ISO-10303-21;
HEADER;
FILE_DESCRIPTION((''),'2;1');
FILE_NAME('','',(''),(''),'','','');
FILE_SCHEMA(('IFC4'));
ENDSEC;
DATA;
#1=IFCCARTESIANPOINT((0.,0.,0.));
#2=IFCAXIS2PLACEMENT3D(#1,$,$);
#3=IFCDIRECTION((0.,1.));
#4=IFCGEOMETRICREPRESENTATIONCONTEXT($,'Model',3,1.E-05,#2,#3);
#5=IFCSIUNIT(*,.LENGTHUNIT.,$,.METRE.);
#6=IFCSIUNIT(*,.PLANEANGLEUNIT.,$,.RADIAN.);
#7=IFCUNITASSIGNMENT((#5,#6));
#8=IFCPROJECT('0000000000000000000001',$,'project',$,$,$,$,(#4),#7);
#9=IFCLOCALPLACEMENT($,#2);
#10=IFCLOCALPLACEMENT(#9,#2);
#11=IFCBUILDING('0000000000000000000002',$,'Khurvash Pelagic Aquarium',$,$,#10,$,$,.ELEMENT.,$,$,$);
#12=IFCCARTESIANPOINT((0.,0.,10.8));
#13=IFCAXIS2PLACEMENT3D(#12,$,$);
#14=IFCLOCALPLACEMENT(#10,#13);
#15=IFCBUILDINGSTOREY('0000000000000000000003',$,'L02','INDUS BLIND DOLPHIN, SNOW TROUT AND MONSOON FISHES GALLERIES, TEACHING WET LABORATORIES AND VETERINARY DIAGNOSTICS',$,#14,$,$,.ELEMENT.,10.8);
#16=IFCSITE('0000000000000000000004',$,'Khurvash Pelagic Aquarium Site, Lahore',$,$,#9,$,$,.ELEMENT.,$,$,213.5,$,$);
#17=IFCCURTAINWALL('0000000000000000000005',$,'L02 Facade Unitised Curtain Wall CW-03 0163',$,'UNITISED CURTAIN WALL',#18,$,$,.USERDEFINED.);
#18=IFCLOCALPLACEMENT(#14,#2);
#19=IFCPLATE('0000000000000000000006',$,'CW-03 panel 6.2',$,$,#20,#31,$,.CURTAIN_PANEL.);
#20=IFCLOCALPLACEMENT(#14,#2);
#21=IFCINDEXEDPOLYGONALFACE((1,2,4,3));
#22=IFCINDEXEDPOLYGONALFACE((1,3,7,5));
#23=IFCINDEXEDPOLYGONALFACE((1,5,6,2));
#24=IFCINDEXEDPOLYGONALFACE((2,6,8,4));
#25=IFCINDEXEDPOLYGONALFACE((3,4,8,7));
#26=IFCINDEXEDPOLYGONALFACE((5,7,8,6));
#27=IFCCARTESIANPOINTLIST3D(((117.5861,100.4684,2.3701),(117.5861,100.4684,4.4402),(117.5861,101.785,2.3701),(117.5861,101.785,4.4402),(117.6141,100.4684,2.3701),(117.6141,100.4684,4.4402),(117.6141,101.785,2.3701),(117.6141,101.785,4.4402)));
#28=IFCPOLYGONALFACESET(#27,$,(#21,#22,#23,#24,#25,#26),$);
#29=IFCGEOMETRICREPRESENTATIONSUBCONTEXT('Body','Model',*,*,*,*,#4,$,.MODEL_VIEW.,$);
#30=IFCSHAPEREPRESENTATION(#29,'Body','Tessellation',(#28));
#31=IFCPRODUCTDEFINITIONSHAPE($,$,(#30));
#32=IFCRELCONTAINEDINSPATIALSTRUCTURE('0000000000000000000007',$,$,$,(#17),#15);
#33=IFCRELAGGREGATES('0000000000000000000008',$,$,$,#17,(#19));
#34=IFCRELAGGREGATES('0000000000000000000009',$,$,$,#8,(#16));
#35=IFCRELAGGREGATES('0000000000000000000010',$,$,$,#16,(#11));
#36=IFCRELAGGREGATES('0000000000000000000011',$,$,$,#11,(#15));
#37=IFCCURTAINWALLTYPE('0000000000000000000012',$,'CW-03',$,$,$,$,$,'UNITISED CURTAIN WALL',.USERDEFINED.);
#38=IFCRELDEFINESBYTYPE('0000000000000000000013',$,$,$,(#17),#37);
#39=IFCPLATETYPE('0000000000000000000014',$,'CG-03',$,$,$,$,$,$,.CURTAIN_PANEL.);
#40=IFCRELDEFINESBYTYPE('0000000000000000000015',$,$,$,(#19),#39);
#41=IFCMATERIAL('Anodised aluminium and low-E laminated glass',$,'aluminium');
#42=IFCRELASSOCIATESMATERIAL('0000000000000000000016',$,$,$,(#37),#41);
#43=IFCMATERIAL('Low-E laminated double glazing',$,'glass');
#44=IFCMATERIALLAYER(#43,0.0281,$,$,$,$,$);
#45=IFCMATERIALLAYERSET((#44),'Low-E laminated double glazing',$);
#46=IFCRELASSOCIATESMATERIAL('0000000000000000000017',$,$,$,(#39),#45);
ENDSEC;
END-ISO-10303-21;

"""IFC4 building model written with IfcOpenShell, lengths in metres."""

from ifc_helpers import new_model, si_unit, direction, frame, origin, origin_2d, place, context, subcontext, project, spatial, rectangle, extrude, material, layer, layer_set, type_object, element, aggregate, save


model = new_model("IFC4")

# Units and contexts
model_context = context("Model", 3, precision=1e-05, world=origin(), true_north=direction((0.0, 1.0)))
body_context = subcontext(model_context, "Body", "Model", "MODEL_VIEW")
ifc_project = project(units=[si_unit("LENGTHUNIT", "METRE"), si_unit("PLANEANGLEUNIT", "RADIAN")], contexts=[model_context])

# Site, building, storey
site_placement = place(None, origin())
site = spatial("IfcSite", under=ifc_project, at=site_placement, Name="Khurvash Pelagic Aquarium Site, Lahore", CompositionType="ELEMENT", RefElevation=213.5)
building_placement = place(site_placement, origin())
building = spatial("IfcBuilding", under=site, at=building_placement, Name="Khurvash Pelagic Aquarium", CompositionType="ELEMENT")
storey_placement = place(building_placement, frame((0.0, 0.0, 10.8)))
storey = spatial("IfcBuildingStorey", under=building, at=storey_placement, Name="L02", Description="INDUS BLIND DOLPHIN, SNOW TROUT AND MONSOON FISHES GALLERIES, TEACHING WET LABORATORIES AND VETERINARY DIAGNOSTICS", CompositionType="ELEMENT", Elevation=10.8)

# Curtain wall, plate
ifc_material_1 = material(Name="Anodised aluminium and low-E laminated glass", Category="aluminium")
curtain_wall_type = type_object("IfcCurtainWallType", Name="CW-03", ElementType="UNITISED CURTAIN WALL", PredefinedType="USERDEFINED", material=ifc_material_1)
curtain_wall_placement = place(storey_placement, origin())
curtain_wall = element("IfcCurtainWall", 1, at=curtain_wall_placement, inside=storey, type_object=curtain_wall_type, Name="L02 Facade Unitised Curtain Wall CW-03 0163", ObjectType="UNITISED CURTAIN WALL", PredefinedType="USERDEFINED")
ifc_material_2 = material(Name="Low-E laminated double glazing", Category="glass")
ifc_layer = layer(ifc_material_2, 0.0281)
ifc_layer_set = layer_set([ifc_layer], Name="Low-E laminated double glazing")
plate_type = type_object("IfcPlateType", Name="CG-03", PredefinedType="CURTAIN_PANEL", material=ifc_layer_set)
plate_1_placement = place(storey_placement, frame((117.6001, 101.1267, 2.3701), z_axis=(0.0, 0.0, 1.0), x_axis=(0.0, 1.0, 0.0)))
plate_1 = element("IfcPlate", 2, at=plate_1_placement, type_object=plate_type, Name="CW-03 panel 6.2", PredefinedType="CURTAIN_PANEL", context=body_context, shape_type="SweptSolid", body=[
    extrude(rectangle(XDim=1.3167, YDim=0.0281, at=origin_2d()), origin(), (0.0, 0.0, 1.0), 2.0701),
])
aggregate(curtain_wall, [plate_1])

save(model, "model.ifc")
